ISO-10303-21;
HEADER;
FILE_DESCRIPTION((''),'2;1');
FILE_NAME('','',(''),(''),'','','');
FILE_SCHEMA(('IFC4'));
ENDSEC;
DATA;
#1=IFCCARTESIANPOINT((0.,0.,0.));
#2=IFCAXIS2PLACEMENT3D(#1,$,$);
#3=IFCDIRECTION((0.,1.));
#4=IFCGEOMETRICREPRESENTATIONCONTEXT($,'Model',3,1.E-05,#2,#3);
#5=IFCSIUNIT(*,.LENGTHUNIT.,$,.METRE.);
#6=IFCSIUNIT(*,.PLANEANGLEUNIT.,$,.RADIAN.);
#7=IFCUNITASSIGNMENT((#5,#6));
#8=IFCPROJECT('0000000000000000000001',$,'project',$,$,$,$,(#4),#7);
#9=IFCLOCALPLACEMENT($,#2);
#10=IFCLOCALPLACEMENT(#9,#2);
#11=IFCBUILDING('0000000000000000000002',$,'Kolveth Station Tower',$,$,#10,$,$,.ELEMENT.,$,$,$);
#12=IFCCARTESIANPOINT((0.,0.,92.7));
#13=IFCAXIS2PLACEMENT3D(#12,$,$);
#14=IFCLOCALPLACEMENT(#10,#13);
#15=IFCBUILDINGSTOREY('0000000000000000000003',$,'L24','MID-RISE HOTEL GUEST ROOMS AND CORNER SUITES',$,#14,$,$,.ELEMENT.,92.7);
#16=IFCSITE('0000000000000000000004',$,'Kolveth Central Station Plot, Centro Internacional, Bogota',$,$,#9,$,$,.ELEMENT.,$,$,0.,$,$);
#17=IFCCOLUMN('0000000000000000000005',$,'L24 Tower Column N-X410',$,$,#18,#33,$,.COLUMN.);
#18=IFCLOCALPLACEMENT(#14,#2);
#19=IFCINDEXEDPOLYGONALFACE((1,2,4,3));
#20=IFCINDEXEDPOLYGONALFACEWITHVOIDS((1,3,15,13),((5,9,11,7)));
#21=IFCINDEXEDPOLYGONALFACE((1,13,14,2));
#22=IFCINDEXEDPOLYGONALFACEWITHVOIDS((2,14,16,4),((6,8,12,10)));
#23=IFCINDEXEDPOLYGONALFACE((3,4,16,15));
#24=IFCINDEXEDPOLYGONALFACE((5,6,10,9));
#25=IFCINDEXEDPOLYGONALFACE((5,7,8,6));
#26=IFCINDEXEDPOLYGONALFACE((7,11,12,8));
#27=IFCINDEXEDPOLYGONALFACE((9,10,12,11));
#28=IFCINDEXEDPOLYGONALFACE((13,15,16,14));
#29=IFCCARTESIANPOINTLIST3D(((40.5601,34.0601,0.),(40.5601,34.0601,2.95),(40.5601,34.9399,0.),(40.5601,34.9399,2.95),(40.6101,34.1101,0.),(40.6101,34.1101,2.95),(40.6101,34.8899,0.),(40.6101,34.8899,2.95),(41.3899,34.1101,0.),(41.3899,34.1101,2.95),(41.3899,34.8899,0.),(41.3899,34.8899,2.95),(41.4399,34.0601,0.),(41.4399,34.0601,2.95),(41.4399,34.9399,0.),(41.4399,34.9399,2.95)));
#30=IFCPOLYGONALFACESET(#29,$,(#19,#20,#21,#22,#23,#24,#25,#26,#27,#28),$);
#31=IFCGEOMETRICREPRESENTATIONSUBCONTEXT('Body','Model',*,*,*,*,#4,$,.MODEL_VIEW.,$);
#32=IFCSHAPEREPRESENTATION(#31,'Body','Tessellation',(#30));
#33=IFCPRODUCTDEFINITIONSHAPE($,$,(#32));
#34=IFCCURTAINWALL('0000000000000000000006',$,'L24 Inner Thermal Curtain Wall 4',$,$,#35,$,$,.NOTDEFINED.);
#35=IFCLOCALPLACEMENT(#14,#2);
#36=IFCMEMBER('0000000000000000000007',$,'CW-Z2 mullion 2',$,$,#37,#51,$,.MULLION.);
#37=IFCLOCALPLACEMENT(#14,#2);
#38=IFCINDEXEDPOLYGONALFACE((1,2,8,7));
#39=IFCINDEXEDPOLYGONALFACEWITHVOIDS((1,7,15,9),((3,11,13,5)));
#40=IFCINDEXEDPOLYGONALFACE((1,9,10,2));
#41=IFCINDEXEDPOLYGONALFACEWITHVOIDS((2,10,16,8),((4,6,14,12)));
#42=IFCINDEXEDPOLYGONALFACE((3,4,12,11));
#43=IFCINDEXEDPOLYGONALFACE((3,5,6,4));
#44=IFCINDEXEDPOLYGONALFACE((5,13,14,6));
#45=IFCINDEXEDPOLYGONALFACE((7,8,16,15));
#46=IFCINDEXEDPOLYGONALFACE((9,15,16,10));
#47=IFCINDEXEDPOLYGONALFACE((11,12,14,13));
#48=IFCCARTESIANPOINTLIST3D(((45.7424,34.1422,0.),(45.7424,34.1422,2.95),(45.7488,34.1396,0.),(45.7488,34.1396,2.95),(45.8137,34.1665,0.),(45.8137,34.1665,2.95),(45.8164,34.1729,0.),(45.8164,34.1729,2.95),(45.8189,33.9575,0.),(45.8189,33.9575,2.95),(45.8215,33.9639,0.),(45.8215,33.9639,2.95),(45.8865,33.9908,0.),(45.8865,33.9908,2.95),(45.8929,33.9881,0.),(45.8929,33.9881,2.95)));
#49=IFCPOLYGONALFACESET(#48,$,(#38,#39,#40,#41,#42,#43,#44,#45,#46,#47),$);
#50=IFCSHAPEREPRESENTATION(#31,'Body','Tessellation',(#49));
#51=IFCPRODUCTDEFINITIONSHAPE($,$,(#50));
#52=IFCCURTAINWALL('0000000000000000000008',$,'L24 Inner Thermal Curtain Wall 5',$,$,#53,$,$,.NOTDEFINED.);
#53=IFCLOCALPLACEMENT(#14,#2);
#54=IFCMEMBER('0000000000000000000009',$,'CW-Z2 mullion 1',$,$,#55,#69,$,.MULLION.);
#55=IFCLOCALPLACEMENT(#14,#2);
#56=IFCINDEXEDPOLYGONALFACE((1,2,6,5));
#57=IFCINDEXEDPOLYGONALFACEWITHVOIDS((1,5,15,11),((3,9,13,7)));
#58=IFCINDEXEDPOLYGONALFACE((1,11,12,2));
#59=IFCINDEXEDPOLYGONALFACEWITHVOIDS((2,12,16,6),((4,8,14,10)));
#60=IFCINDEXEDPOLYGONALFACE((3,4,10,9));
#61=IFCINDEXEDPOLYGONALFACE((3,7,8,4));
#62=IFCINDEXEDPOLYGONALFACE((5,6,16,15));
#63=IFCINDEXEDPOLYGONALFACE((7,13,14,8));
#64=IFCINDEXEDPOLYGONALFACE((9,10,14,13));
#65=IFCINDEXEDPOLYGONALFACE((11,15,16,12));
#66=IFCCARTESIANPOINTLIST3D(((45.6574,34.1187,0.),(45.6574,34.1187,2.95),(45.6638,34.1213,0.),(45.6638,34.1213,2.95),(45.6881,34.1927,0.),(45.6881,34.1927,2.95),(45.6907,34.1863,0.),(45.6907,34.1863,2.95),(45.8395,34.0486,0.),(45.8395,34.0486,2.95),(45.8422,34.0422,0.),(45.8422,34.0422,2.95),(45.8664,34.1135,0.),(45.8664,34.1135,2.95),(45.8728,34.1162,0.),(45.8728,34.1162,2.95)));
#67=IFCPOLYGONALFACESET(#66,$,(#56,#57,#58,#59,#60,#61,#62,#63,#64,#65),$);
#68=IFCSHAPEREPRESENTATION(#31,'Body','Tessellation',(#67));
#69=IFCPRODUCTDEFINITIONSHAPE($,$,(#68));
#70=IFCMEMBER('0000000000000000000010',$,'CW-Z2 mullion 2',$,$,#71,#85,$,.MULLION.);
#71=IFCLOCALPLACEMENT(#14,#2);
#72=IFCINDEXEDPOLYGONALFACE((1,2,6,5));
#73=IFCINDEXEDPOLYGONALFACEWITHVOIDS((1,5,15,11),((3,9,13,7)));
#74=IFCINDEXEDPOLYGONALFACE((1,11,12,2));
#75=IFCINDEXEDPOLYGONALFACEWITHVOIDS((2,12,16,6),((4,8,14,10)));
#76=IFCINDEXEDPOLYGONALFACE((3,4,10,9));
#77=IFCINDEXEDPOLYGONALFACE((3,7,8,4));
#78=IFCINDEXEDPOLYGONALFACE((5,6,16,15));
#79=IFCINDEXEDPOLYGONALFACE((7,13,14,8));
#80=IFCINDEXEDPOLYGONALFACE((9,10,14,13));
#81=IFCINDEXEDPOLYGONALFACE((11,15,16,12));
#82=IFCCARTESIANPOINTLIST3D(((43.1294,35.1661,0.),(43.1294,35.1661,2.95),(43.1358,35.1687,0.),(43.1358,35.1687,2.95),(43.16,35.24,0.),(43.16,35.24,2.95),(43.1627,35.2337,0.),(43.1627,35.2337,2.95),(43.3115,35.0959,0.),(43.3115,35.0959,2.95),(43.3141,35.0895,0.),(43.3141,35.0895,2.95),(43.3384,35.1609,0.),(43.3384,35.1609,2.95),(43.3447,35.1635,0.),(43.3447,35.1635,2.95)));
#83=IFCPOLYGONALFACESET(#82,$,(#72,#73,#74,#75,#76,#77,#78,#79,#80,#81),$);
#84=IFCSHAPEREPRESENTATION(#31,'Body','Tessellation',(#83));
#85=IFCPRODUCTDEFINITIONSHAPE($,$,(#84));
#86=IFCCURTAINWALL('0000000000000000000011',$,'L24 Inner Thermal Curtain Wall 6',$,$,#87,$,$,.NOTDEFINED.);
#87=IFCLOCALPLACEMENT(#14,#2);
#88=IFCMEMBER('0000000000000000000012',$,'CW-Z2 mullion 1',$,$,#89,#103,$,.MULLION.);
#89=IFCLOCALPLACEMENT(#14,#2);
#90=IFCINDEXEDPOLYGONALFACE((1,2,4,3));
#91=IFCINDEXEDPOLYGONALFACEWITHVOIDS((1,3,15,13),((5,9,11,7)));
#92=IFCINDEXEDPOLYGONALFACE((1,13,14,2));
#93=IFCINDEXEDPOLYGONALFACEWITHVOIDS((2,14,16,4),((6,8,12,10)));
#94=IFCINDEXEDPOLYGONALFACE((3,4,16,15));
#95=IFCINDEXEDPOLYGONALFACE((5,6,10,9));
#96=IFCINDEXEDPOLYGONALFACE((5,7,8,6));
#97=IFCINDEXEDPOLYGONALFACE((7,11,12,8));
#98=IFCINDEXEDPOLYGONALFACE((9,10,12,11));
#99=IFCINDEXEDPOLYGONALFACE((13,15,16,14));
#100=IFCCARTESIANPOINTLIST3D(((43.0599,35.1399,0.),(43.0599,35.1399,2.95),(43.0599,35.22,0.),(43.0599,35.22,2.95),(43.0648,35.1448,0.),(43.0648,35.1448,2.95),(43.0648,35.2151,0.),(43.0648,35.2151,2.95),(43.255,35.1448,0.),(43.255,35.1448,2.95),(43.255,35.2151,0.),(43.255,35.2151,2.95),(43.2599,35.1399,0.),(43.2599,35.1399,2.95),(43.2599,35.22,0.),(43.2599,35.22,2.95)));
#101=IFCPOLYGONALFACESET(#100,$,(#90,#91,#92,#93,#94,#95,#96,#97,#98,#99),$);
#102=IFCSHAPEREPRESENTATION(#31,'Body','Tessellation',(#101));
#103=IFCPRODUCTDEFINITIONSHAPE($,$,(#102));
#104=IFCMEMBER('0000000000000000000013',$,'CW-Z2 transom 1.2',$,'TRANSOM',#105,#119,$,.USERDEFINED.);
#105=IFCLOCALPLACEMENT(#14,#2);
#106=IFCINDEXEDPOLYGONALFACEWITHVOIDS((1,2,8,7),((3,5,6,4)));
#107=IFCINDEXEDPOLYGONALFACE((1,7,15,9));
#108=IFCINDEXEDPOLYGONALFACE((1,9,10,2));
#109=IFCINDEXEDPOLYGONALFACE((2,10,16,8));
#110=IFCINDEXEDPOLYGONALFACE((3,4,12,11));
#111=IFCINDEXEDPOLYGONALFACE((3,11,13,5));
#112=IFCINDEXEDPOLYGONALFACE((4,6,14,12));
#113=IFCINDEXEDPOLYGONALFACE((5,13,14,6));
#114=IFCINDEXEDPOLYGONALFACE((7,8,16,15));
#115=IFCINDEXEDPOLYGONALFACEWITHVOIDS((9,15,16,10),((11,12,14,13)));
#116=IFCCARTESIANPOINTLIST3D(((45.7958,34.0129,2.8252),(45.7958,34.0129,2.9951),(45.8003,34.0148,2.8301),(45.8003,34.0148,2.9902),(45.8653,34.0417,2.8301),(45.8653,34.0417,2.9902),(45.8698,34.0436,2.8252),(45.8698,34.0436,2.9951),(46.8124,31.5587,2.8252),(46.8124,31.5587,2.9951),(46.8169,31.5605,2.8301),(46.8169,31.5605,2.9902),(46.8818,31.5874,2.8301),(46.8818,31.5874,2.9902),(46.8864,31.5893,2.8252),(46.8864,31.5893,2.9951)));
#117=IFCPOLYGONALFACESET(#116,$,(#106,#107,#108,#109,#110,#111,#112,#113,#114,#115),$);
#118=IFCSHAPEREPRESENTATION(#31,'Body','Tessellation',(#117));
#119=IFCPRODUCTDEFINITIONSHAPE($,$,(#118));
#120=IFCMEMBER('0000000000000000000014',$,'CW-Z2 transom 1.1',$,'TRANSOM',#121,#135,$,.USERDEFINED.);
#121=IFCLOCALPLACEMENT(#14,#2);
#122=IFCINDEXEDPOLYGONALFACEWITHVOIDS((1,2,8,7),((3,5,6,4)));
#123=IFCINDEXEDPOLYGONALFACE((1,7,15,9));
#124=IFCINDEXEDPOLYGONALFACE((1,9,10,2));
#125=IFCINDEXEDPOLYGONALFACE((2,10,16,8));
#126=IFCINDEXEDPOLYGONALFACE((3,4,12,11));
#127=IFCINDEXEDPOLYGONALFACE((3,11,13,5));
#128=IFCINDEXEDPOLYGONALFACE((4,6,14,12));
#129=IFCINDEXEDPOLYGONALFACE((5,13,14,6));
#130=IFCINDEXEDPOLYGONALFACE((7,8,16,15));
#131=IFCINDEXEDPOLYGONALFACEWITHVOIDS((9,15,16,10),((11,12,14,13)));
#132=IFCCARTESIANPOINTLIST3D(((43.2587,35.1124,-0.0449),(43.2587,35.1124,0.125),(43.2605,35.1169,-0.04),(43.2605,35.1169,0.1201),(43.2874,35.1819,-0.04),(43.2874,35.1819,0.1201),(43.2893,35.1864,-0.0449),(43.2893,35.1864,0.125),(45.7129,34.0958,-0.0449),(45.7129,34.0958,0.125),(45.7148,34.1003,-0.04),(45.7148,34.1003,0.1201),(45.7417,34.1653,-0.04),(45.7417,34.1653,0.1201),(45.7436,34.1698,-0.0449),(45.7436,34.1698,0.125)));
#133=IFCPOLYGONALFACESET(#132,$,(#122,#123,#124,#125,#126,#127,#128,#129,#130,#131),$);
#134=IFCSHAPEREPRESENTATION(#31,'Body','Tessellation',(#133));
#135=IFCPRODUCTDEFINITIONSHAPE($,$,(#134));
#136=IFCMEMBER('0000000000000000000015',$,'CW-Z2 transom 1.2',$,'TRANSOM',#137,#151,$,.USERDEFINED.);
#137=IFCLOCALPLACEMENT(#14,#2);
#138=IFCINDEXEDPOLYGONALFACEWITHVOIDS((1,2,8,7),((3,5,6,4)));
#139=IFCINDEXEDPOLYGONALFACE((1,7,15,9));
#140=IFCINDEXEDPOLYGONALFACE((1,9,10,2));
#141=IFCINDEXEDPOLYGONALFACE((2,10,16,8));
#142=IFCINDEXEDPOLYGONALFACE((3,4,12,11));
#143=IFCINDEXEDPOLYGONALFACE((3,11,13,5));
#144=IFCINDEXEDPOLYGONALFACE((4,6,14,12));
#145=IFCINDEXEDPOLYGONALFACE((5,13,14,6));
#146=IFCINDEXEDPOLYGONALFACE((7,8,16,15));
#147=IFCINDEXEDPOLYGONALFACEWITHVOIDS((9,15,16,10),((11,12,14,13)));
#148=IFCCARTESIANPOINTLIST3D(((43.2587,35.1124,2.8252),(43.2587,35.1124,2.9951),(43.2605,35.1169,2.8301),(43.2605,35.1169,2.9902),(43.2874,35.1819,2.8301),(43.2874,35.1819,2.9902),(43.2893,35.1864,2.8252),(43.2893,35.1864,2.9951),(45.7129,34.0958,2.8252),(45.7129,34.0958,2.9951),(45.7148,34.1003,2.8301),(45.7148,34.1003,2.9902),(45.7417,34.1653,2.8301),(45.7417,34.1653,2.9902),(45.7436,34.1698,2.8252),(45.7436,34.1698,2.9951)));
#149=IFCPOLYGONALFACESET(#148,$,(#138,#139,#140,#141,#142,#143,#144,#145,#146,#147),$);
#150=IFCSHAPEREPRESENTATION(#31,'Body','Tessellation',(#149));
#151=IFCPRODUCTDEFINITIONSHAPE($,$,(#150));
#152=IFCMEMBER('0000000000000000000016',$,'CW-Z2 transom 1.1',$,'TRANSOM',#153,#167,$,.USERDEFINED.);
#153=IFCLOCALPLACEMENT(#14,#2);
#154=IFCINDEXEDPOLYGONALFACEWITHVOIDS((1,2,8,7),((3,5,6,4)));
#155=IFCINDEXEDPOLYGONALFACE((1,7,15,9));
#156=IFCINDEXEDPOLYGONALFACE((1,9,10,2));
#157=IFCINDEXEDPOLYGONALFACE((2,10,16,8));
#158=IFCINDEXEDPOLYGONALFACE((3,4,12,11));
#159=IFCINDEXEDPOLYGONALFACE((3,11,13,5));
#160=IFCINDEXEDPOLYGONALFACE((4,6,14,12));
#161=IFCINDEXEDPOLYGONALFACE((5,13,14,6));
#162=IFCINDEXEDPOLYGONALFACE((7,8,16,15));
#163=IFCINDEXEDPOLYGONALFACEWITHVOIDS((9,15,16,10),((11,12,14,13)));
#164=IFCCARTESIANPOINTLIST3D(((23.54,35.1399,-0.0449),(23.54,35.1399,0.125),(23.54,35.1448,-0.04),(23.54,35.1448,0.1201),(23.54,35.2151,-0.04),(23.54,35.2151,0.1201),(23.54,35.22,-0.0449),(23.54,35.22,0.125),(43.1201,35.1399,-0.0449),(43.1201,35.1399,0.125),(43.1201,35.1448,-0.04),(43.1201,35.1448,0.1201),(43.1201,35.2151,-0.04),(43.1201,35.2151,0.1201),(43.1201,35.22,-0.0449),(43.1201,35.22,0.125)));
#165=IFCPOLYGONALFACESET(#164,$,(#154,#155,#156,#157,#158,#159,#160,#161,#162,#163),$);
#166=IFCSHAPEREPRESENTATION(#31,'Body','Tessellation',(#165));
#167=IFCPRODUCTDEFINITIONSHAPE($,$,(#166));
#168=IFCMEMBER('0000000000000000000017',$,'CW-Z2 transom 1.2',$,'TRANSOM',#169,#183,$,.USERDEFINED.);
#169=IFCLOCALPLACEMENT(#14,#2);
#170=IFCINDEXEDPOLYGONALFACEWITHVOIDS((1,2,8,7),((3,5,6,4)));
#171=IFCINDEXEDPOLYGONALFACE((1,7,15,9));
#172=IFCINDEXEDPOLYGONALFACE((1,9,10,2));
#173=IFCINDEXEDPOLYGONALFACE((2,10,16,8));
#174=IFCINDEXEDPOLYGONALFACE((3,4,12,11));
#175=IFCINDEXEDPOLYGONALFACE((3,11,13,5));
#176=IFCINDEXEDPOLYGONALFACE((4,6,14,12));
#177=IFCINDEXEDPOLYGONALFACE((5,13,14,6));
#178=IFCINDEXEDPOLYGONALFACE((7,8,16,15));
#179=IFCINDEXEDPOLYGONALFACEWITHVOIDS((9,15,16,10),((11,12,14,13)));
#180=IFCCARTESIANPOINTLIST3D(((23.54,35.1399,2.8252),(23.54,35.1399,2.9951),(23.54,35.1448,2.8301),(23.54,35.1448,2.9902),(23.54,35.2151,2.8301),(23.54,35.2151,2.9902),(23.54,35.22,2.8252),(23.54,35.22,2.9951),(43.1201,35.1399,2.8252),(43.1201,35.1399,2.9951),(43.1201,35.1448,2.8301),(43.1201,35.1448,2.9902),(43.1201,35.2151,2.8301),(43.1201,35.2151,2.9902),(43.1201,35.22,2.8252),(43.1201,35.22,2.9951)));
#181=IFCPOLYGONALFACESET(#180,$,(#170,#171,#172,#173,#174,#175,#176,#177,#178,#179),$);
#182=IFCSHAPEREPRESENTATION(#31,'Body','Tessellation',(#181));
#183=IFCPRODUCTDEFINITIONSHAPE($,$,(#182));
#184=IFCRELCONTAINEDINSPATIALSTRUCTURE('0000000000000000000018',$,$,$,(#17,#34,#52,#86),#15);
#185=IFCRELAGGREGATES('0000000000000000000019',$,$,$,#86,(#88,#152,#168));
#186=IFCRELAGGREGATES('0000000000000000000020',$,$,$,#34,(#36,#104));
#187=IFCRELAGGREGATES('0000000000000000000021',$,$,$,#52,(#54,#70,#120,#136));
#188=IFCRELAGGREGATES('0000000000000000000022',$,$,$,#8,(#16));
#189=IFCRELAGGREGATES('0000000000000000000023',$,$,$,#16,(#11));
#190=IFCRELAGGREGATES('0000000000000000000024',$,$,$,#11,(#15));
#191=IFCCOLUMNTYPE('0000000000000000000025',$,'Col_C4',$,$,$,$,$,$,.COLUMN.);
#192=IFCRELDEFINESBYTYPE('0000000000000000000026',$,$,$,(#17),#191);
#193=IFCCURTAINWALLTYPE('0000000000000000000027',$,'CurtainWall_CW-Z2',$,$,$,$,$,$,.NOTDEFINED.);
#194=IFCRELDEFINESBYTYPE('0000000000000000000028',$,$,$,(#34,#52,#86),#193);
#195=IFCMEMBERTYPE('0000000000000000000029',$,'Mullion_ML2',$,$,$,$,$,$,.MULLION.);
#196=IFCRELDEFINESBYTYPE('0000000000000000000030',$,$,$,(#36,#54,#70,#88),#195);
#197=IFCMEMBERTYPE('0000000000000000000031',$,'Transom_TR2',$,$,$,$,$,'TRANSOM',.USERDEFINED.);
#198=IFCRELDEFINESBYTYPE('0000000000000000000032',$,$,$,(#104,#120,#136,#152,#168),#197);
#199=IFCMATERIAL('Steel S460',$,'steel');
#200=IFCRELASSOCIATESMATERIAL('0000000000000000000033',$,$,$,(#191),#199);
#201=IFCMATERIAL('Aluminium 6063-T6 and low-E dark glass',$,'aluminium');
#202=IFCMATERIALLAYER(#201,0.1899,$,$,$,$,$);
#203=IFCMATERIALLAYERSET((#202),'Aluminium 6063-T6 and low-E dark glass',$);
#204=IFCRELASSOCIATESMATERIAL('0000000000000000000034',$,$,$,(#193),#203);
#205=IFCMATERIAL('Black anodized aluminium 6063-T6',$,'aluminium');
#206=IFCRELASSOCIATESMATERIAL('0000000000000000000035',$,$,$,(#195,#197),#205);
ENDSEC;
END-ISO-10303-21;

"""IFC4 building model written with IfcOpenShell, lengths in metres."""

from ifc_helpers import new_model, si_unit, direction, frame, origin, origin_2d, place, context, subcontext, project, spatial, hollow_rectangle, extrude, source, transform, mapped, material, layer, layer_set, material_profile, profile_set, type_object, element, aggregate, save


model = new_model("IFC4")

# Units and contexts
model_context = context("Model", 3, precision=1e-05, world=origin(), true_north=direction((0.0, 1.0)))
body_context = subcontext(model_context, "Body", "Model", "MODEL_VIEW")
ifc_project = project(units=[si_unit("LENGTHUNIT", "METRE"), si_unit("PLANEANGLEUNIT", "RADIAN")], contexts=[model_context])

# Site, building, storey
site_placement = place(None, origin())
site = spatial("IfcSite", under=ifc_project, at=site_placement, Name="Kolveth Central Station Plot, Centro Internacional, Bogota", CompositionType="ELEMENT", RefElevation=0.0)
building_placement = place(site_placement, origin())
building = spatial("IfcBuilding", under=site, at=building_placement, Name="Kolveth Station Tower", CompositionType="ELEMENT")
storey_placement = place(building_placement, frame((0.0, 0.0, 92.7)))
storey = spatial("IfcBuildingStorey", under=building, at=storey_placement, Name="L24", Description="MID-RISE HOTEL GUEST ROOMS AND CORNER SUITES", CompositionType="ELEMENT", Elevation=92.7)

# Column
ifc_material_1 = material(Name="Steel S460", Category="steel")
ifc_material_profile_1 = material_profile(ifc_material_1, hollow_rectangle(XDim=0.8799, YDim=0.8799, WallThickness=0.05, at=origin_2d()), Name="BOX880x880x50")
ifc_profile_set_1 = profile_set([ifc_material_profile_1], Name="Steel S460")
column_type = type_object("IfcColumnType", Name="Col_C4", PredefinedType="COLUMN", material=ifc_profile_set_1)
shared_shape_1 = source(origin(), body_context, "Body", "SweptSolid", [
    extrude(hollow_rectangle(XDim=0.8799, YDim=0.8799, WallThickness=0.05, at=origin_2d()), origin(), (0.0, 0.0, 1.0), 2.95),
])
column_placement = place(storey_placement, frame((41.0, 34.5, 0.0), z_axis=(0.0, 0.0, 1.0), x_axis=(1.0, 0.0, 0.0)))
element("IfcColumn", 1, at=column_placement, inside=storey, type_object=column_type, Name="L24 Tower Column N-X410", PredefinedType="COLUMN", context=body_context, shape_type="MappedRepresentation", body=[
    mapped(shared_shape_1, transform((0.0, 0.0, 0.0), x_axis=(1.0, 0.0, 0.0), y_axis=(0.0, 1.0, 0.0), z_axis=(0.0, 0.0, 1.0), scale=1.0)),
])

# Curtain wall, member
ifc_material_2 = material(Name="Aluminium 6063-T6 and low-E dark glass", Category="aluminium")
ifc_layer_1 = layer(ifc_material_2, 0.1899)
ifc_layer_set_1 = layer_set([ifc_layer_1], Name="Aluminium 6063-T6 and low-E dark glass")
curtain_wall_type_1 = type_object("IfcCurtainWallType", Name="CurtainWall_CW-Z2", PredefinedType="NOTDEFINED", material=ifc_layer_set_1)
curtain_wall_1_placement = place(storey_placement, origin())
curtain_wall_1 = element("IfcCurtainWall", 2, at=curtain_wall_1_placement, inside=storey, type_object=curtain_wall_type_1, Name="L24 Inner Thermal Curtain Wall 4", PredefinedType="NOTDEFINED")
ifc_material_3 = material(Name="Black anodized aluminium 6063-T6", Category="aluminium")
ifc_material_profile_2 = material_profile(ifc_material_3, hollow_rectangle(XDim=0.0801, YDim=0.2, WallThickness=0.0049, at=origin_2d()), Name="ALU-80x200x5")
ifc_profile_set_2 = profile_set([ifc_material_profile_2], Name="Black anodized aluminium 6063-T6")
member_type_1 = type_object("IfcMemberType", Name="Mullion_ML2", PredefinedType="MULLION", material=ifc_profile_set_2)
shared_shape_2 = source(origin(), body_context, "Body", "SweptSolid", [
    extrude(hollow_rectangle(XDim=0.0801, YDim=0.2, WallThickness=0.0049, at=origin_2d()), origin(), (0.0, 0.0, 1.0), 2.95),
])
member_1_placement = place(storey_placement, frame((45.8176, 34.0652, 0.0), z_axis=(0.0, 0.0, 1.0), x_axis=(-0.923888, -0.382663, 0.0)))
member_1 = element("IfcMember", 3, at=member_1_placement, type_object=member_type_1, Name="CW-Z2 mullion 2", PredefinedType="MULLION", context=body_context, shape_type="MappedRepresentation", body=[
    mapped(shared_shape_2, transform((0.0, 0.0, 0.0), x_axis=(1.0, 0.0, 0.0), y_axis=(0.0, 1.0, 0.0), z_axis=(0.0, 0.0, 1.0), scale=1.0)),
])

# Curtain wall, members
curtain_wall_2_placement = place(storey_placement, origin())
curtain_wall_2 = element("IfcCurtainWall", 4, at=curtain_wall_2_placement, inside=storey, type_object=curtain_wall_type_1, Name="L24 Inner Thermal Curtain Wall 5", PredefinedType="NOTDEFINED")
member_2_placement = place(storey_placement, frame((45.7651, 34.1174, 0.0), z_axis=(0.0, 0.0, 1.0), x_axis=(-0.382663, -0.923888, 0.0)))
member_2 = element("IfcMember", 5, at=member_2_placement, type_object=member_type_1, Name="CW-Z2 mullion 1", PredefinedType="MULLION", context=body_context, shape_type="MappedRepresentation", body=[
    mapped(shared_shape_2, transform((0.0, 0.0, 0.0), x_axis=(1.0, 0.0, 0.0), y_axis=(0.0, 1.0, 0.0), z_axis=(0.0, 0.0, 1.0), scale=1.0)),
])
member_3_placement = place(storey_placement, frame((43.2371, 35.1648, 0.0), z_axis=(0.0, 0.0, 1.0), x_axis=(-0.382663, -0.923888, 0.0)))
member_3 = element("IfcMember", 6, at=member_3_placement, type_object=member_type_1, Name="CW-Z2 mullion 2", PredefinedType="MULLION", context=body_context, shape_type="MappedRepresentation", body=[
    mapped(shared_shape_2, transform((0.0, 0.0, 0.0), x_axis=(1.0, 0.0, 0.0), y_axis=(0.0, 1.0, 0.0), z_axis=(0.0, 0.0, 1.0), scale=1.0)),
])

# Curtain wall, member
curtain_wall_3_placement = place(storey_placement, origin())
curtain_wall_3 = element("IfcCurtainWall", 7, at=curtain_wall_3_placement, inside=storey, type_object=curtain_wall_type_1, Name="L24 Inner Thermal Curtain Wall 6", PredefinedType="NOTDEFINED")
member_4_placement = place(storey_placement, frame((43.1599, 35.1799, 0.0), z_axis=(0.0, 0.0, 1.0), x_axis=(0.0, -1.0, 0.0)))
member_4 = element("IfcMember", 8, at=member_4_placement, type_object=member_type_1, Name="CW-Z2 mullion 1", PredefinedType="MULLION", context=body_context, shape_type="MappedRepresentation", body=[
    mapped(shared_shape_2, transform((0.0, 0.0, 0.0), x_axis=(1.0, 0.0, 0.0), y_axis=(0.0, 1.0, 0.0), z_axis=(0.0, 0.0, 1.0), scale=1.0)),
])

# Members
ifc_material_profile_3 = material_profile(ifc_material_3, hollow_rectangle(XDim=0.0801, YDim=0.1699, WallThickness=0.0049, at=origin_2d()), Name="ALU-80x170x5")
ifc_profile_set_3 = profile_set([ifc_material_profile_3], Name="Black anodized aluminium 6063-T6")
member_type_2 = type_object("IfcMemberType", Name="Transom_TR2", ElementType="TRANSOM", PredefinedType="USERDEFINED", material=ifc_profile_set_3)
shared_shape_3 = source(origin(), body_context, "Body", "SweptSolid", [
    extrude(hollow_rectangle(XDim=0.0801, YDim=0.1699, WallThickness=0.0049, at=origin_2d()), origin(), (0.0, 0.0, 1.0), 2.6565),
])
member_5_placement = place(storey_placement, frame((46.8494, 31.574, 2.9102), z_axis=(-0.382676, 0.923882, 0.0), x_axis=(-0.923882, -0.382676, 0.0)))
member_5 = element("IfcMember", 9, at=member_5_placement, type_object=member_type_2, Name="CW-Z2 transom 1.2", ObjectType="TRANSOM", PredefinedType="USERDEFINED", context=body_context, shape_type="MappedRepresentation", body=[
    mapped(shared_shape_3, transform((0.0, 0.0, 0.0), x_axis=(1.0, 0.0, 0.0), y_axis=(0.0, 1.0, 0.0), z_axis=(0.0, 0.0, 1.0), scale=1.0)),
])
member_6_placement = place(storey_placement, frame((45.7283, 34.1328, 0.04), z_axis=(-0.923882, 0.382676, 0.0), x_axis=(-0.382676, -0.923882, 0.0)))
member_6 = element("IfcMember", 10, at=member_6_placement, type_object=member_type_2, Name="CW-Z2 transom 1.1", ObjectType="TRANSOM", PredefinedType="USERDEFINED", context=body_context, shape_type="MappedRepresentation", body=[
    mapped(shared_shape_3, transform((0.0, 0.0, 0.0), x_axis=(1.0, 0.0, 0.0), y_axis=(0.0, 1.0, 0.0), z_axis=(0.0, 0.0, 1.0), scale=1.0)),
])
member_7_placement = place(storey_placement, frame((45.7283, 34.1328, 2.9102), z_axis=(-0.923882, 0.382676, 0.0), x_axis=(-0.382676, -0.923882, 0.0)))
member_7 = element("IfcMember", 11, at=member_7_placement, type_object=member_type_2, Name="CW-Z2 transom 1.2", ObjectType="TRANSOM", PredefinedType="USERDEFINED", context=body_context, shape_type="MappedRepresentation", body=[
    mapped(shared_shape_3, transform((0.0, 0.0, 0.0), x_axis=(1.0, 0.0, 0.0), y_axis=(0.0, 1.0, 0.0), z_axis=(0.0, 0.0, 1.0), scale=1.0)),
])
shared_shape_4 = source(origin(), body_context, "Body", "SweptSolid", [
    extrude(hollow_rectangle(XDim=0.0801, YDim=0.1699, WallThickness=0.0049, at=origin_2d()), origin(), (0.0, 0.0, 1.0), 19.5801),
])
member_8_placement = place(storey_placement, frame((43.1201, 35.1799, 0.04), z_axis=(-1.0, 0.0, 0.0), x_axis=(0.0, -1.0, 0.0)))
member_8 = element("IfcMember", 12, at=member_8_placement, type_object=member_type_2, Name="CW-Z2 transom 1.1", ObjectType="TRANSOM", PredefinedType="USERDEFINED", context=body_context, shape_type="MappedRepresentation", body=[
    mapped(shared_shape_4, transform((0.0, 0.0, 0.0), x_axis=(1.0, 0.0, 0.0), y_axis=(0.0, 1.0, 0.0), z_axis=(0.0, 0.0, 1.0), scale=1.0)),
])
member_9_placement = place(storey_placement, frame((43.1201, 35.1799, 2.9102), z_axis=(-1.0, 0.0, 0.0), x_axis=(0.0, -1.0, 0.0)))
member_9 = element("IfcMember", 13, at=member_9_placement, type_object=member_type_2, Name="CW-Z2 transom 1.2", ObjectType="TRANSOM", PredefinedType="USERDEFINED", context=body_context, shape_type="MappedRepresentation", body=[
    mapped(shared_shape_4, transform((0.0, 0.0, 0.0), x_axis=(1.0, 0.0, 0.0), y_axis=(0.0, 1.0, 0.0), z_axis=(0.0, 0.0, 1.0), scale=1.0)),
])
aggregate(curtain_wall_3, [member_4, member_8, member_9])

aggregate(curtain_wall_1, [member_1, member_5])
aggregate(curtain_wall_2, [member_2, member_3, member_6, member_7])

save(model, "model.ifc")
